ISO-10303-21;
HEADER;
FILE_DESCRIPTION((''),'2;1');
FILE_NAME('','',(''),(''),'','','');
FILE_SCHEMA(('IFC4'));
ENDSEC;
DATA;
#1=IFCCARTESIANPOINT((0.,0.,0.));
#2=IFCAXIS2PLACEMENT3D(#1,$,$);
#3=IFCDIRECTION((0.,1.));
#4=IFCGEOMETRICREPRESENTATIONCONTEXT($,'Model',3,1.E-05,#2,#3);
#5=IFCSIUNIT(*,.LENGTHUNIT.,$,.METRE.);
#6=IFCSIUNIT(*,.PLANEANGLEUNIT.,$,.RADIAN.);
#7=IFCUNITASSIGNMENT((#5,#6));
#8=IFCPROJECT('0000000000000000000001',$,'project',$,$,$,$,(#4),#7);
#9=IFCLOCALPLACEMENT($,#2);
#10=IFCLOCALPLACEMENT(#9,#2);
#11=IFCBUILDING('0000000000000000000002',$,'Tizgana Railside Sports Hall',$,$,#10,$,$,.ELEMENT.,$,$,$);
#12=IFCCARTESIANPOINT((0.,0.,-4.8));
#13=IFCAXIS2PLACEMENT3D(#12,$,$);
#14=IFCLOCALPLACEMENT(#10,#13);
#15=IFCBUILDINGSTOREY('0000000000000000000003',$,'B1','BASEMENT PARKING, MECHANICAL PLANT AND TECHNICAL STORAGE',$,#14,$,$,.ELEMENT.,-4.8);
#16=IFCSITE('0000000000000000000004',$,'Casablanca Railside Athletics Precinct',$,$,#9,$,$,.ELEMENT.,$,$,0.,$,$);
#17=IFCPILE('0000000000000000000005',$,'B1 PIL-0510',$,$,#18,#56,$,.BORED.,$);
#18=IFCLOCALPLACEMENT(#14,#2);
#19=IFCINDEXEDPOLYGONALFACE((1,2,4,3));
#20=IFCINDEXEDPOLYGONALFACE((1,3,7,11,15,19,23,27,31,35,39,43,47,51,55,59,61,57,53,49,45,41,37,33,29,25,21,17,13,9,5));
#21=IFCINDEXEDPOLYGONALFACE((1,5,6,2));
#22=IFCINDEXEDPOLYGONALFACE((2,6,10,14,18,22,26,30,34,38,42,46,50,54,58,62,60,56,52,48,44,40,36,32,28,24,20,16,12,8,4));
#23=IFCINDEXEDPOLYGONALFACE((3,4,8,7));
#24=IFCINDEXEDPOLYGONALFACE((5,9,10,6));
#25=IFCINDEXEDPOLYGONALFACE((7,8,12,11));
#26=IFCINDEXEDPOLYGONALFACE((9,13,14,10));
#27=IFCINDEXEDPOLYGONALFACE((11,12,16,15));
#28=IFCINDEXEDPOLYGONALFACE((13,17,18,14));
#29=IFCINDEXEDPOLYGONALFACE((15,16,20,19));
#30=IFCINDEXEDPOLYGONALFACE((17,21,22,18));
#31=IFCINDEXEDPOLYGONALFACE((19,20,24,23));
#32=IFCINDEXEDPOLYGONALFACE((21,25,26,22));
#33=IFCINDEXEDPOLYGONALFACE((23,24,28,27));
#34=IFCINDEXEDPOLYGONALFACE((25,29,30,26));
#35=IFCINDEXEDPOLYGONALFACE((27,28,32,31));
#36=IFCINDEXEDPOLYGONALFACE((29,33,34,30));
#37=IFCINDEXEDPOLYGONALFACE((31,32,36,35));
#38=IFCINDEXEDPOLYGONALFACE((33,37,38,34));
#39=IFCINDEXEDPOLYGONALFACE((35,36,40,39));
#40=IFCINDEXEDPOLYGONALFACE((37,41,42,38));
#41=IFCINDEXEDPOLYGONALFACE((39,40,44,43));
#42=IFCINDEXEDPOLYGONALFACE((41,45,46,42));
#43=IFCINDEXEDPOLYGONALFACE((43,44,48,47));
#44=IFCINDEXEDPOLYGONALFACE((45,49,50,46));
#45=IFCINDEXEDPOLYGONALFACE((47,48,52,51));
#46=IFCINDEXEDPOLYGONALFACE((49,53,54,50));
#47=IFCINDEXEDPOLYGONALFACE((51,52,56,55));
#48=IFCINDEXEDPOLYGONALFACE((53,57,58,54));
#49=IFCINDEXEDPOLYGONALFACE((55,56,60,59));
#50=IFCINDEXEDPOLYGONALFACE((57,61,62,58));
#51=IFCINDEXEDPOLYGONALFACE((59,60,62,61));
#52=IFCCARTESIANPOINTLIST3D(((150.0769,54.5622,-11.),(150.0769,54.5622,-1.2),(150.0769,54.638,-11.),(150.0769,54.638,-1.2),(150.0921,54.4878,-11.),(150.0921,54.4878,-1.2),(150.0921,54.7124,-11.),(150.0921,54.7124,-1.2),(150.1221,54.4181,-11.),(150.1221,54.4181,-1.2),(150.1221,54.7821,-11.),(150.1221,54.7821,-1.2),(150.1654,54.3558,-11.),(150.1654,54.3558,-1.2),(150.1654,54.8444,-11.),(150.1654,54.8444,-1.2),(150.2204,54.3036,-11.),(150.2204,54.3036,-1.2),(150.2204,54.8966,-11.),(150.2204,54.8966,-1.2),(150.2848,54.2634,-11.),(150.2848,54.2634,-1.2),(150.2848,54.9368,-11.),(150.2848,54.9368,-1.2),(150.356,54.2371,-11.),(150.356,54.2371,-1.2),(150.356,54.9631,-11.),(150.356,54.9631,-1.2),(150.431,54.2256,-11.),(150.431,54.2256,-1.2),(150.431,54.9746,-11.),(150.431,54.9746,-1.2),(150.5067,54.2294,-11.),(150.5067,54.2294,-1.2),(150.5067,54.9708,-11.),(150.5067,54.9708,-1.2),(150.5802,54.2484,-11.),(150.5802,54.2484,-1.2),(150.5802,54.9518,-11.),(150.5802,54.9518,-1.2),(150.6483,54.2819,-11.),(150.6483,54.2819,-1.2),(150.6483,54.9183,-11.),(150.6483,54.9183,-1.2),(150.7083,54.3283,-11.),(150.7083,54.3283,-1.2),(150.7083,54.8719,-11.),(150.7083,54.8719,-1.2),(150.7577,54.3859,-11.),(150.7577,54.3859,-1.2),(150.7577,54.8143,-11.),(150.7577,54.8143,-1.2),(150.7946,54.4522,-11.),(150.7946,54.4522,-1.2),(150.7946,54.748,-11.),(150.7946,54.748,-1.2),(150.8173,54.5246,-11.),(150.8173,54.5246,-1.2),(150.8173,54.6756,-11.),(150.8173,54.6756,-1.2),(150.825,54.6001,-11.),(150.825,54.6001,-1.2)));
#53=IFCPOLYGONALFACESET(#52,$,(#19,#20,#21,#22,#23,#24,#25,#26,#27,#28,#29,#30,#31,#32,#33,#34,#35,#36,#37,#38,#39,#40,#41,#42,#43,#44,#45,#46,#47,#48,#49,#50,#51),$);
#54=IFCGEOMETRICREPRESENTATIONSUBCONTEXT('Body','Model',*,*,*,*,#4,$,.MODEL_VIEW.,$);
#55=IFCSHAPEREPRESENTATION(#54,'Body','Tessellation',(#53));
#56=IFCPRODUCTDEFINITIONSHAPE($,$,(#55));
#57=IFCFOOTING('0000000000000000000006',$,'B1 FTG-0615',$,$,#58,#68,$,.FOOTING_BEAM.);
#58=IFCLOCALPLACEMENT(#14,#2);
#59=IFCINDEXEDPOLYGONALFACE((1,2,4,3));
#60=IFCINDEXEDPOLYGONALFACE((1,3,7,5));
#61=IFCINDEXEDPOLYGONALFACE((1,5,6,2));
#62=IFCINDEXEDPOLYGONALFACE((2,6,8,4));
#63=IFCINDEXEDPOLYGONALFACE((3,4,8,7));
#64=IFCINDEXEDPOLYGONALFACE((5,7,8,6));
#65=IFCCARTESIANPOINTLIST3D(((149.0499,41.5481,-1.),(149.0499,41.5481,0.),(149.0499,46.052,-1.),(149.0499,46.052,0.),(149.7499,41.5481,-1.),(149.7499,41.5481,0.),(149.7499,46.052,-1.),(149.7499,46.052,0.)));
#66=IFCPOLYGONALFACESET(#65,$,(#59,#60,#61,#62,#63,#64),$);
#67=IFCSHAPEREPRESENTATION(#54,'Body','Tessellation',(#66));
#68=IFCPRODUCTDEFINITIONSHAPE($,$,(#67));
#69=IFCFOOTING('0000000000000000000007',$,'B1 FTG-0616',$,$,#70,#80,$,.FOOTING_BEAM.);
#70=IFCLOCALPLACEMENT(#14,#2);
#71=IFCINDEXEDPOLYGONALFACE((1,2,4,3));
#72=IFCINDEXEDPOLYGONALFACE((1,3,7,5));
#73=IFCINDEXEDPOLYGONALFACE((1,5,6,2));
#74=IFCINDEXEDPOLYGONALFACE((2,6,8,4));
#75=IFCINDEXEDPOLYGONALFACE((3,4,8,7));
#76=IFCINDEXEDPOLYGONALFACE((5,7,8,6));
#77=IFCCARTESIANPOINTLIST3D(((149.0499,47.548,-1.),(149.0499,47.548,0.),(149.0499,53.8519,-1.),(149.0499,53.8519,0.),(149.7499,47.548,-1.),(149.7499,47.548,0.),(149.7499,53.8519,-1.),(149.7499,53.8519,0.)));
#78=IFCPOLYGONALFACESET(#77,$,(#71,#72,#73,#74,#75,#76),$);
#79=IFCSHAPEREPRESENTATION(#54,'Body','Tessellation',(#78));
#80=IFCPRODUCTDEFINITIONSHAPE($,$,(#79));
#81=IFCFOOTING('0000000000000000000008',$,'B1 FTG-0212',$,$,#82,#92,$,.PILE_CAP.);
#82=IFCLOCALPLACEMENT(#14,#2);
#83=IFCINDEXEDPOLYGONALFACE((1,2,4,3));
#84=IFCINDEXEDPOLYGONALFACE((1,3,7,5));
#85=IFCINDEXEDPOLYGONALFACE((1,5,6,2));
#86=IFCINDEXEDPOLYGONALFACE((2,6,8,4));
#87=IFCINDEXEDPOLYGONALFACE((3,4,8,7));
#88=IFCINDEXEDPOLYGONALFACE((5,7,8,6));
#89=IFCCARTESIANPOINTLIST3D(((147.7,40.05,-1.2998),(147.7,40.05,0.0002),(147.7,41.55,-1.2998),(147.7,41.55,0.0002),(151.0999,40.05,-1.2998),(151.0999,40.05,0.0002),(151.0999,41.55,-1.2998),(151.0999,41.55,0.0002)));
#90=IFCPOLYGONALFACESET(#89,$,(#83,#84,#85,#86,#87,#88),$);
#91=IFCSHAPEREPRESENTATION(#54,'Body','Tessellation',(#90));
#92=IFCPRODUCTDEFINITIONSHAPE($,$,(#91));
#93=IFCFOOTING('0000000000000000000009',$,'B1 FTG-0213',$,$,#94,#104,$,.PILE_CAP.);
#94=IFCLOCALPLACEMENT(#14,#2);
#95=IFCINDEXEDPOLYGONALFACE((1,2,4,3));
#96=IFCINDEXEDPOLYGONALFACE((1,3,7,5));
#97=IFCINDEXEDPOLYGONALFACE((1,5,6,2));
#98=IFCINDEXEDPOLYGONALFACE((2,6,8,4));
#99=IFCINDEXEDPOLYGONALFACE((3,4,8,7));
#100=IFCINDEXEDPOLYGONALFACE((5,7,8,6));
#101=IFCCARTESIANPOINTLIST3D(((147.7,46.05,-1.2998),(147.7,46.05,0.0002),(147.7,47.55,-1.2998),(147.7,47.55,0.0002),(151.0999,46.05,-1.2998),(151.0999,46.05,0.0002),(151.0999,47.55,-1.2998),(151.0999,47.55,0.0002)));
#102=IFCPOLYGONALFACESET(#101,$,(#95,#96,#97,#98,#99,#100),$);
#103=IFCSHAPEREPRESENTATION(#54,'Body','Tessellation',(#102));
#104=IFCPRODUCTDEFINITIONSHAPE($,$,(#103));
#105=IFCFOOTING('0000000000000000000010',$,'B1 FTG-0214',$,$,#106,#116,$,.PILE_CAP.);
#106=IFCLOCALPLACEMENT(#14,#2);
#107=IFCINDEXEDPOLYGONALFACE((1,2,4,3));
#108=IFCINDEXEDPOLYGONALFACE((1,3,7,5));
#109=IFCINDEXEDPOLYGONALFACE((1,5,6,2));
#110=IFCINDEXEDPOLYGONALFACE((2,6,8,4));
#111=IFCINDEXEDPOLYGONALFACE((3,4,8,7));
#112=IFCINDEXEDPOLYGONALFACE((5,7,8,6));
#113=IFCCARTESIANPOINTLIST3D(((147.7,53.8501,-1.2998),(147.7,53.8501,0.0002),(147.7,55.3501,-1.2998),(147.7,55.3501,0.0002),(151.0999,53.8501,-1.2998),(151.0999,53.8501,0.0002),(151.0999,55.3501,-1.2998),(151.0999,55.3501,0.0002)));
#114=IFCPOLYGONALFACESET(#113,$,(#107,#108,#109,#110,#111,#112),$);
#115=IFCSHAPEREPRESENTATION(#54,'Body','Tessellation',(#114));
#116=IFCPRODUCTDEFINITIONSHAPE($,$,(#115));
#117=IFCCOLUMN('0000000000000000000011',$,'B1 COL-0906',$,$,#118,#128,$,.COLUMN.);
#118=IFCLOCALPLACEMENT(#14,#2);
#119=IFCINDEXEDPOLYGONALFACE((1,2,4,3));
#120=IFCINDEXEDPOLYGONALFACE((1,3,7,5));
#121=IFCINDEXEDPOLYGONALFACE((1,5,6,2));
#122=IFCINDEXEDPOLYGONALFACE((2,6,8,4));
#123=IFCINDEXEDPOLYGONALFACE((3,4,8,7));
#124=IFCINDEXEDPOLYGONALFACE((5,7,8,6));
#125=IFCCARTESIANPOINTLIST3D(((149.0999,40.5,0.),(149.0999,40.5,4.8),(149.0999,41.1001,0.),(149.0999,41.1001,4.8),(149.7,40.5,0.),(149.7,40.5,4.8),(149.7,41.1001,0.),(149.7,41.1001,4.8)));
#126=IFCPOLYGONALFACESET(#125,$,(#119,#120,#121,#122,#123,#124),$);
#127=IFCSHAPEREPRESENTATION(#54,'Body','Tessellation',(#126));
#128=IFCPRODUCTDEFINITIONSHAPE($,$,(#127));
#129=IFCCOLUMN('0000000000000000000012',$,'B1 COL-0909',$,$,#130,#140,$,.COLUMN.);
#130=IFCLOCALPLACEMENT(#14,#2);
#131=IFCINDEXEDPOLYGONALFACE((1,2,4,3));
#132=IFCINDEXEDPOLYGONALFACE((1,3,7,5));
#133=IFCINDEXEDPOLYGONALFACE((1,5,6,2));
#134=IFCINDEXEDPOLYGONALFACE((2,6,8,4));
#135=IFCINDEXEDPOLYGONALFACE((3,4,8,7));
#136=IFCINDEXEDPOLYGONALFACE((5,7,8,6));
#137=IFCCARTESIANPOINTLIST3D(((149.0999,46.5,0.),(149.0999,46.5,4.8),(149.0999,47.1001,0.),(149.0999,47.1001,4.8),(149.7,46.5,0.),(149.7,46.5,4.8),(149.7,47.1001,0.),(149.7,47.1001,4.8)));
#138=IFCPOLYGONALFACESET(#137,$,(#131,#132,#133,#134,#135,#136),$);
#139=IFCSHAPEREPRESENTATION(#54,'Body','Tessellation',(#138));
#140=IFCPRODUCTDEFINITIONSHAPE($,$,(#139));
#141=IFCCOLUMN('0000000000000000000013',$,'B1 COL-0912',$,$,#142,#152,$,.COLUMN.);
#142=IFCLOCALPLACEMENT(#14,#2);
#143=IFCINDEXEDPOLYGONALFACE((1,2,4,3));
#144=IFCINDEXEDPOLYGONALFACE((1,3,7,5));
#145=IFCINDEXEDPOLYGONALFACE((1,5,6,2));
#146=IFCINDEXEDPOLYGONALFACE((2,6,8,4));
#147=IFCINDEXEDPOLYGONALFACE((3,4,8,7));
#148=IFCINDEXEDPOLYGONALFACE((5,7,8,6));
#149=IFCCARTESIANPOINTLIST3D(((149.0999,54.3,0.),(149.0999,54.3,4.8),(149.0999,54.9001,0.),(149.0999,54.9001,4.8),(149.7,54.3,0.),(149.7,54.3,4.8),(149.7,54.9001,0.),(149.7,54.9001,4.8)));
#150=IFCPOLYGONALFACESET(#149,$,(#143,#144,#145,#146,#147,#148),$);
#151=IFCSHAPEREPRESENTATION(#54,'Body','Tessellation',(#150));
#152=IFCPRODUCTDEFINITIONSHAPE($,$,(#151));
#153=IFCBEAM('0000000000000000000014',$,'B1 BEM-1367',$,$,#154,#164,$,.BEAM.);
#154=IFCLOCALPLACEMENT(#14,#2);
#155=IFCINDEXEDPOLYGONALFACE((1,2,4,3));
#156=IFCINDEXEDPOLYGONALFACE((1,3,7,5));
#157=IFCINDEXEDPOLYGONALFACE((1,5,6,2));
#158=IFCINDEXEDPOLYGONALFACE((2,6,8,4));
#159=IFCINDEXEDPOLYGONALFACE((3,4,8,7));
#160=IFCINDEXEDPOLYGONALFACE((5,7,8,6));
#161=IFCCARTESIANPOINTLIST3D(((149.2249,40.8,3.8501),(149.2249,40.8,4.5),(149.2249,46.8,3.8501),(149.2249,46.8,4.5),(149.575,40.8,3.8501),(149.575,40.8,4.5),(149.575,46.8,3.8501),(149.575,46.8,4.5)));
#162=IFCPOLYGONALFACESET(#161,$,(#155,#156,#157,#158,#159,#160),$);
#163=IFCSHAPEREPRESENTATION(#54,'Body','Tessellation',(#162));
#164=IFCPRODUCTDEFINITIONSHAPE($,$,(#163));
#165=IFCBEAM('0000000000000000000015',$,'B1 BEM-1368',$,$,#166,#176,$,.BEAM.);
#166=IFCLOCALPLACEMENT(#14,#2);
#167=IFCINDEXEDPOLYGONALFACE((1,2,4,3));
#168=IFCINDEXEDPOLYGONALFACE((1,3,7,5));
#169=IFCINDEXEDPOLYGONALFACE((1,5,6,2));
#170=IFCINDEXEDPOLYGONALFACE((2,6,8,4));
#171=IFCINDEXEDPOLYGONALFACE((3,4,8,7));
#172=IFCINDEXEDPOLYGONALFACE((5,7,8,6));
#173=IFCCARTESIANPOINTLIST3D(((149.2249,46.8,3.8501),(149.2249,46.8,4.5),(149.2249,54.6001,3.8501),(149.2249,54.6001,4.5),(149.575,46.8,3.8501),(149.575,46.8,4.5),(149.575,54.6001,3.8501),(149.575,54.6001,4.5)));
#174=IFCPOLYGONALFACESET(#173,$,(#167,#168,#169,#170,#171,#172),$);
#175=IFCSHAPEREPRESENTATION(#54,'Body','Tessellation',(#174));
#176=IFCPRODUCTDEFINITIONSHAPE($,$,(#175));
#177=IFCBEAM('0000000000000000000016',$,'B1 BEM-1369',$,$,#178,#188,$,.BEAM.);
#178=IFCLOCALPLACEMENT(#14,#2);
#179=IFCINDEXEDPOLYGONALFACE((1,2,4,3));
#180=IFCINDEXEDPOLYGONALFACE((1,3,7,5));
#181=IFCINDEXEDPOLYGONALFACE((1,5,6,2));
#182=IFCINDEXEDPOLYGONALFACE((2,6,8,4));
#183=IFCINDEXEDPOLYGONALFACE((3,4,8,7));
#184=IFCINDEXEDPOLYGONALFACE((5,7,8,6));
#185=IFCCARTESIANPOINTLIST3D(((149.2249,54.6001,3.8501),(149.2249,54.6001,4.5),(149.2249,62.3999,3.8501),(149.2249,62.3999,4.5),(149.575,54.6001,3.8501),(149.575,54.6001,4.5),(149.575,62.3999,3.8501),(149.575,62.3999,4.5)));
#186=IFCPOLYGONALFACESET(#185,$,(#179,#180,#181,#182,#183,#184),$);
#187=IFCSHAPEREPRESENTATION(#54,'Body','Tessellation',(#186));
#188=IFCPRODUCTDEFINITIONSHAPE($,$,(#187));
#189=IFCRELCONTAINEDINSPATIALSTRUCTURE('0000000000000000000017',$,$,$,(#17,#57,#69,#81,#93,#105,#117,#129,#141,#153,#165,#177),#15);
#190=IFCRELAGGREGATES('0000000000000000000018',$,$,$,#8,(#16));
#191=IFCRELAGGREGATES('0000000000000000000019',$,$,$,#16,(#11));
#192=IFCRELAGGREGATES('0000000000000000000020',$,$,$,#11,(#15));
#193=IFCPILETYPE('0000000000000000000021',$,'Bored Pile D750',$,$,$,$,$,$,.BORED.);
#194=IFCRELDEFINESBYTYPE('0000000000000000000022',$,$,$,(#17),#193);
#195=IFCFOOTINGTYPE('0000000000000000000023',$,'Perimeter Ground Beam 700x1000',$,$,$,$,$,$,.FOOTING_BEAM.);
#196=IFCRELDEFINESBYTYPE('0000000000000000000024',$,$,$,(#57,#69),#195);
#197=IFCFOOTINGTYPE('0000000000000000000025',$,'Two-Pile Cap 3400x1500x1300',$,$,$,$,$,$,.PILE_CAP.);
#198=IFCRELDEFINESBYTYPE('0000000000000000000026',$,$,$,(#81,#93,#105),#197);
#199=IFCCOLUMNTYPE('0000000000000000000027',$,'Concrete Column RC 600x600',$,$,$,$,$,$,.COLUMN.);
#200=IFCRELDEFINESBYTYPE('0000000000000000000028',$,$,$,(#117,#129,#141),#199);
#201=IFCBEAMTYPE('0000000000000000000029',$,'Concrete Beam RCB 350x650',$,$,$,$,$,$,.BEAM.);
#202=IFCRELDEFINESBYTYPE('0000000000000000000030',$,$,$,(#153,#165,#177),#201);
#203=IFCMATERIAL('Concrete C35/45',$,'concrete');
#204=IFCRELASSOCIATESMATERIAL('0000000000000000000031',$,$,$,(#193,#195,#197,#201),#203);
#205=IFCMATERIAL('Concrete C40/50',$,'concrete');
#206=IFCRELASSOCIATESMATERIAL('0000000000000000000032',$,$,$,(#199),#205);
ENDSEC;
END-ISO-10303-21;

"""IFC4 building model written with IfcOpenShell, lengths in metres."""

from ifc_helpers import new_model, si_unit, direction, frame, origin, origin_2d, place, context, subcontext, project, spatial, rectangle, circle, extrude, material, material_profile, profile_set, type_object, element, save


model = new_model("IFC4")

# Units and contexts
model_context = context("Model", 3, precision=1e-05, world=origin(), true_north=direction((0.0, 1.0)))
body_context = subcontext(model_context, "Body", "Model", "MODEL_VIEW")
ifc_project = project(units=[si_unit("LENGTHUNIT", "METRE"), si_unit("PLANEANGLEUNIT", "RADIAN")], contexts=[model_context])

# Site, building, storey
site_placement = place(None, origin())
site = spatial("IfcSite", under=ifc_project, at=site_placement, Name="Casablanca Railside Athletics Precinct", CompositionType="ELEMENT", RefElevation=0.0)
building_placement = place(site_placement, origin())
building = spatial("IfcBuilding", under=site, at=building_placement, Name="Tizgana Railside Sports Hall", CompositionType="ELEMENT")
storey_placement = place(building_placement, frame((0.0, 0.0, -4.8)))
storey = spatial("IfcBuildingStorey", under=building, at=storey_placement, Name="B1", Description="BASEMENT PARKING, MECHANICAL PLANT AND TECHNICAL STORAGE", CompositionType="ELEMENT", Elevation=-4.8)

# Pile
ifc_material_1 = material(Name="Concrete C35/45", Category="concrete")
ifc_material_profile_1 = material_profile(ifc_material_1, circle(Radius=0.375, at=origin_2d()), Name="PILE D750")
ifc_profile_set_1 = profile_set([ifc_material_profile_1], Name="Concrete C35/45")
pile_type = type_object("IfcPileType", Name="Bored Pile D750", PredefinedType="BORED", material=ifc_profile_set_1)
for number, where, z_axis, x_axis, name in (
    (1, (150.45, 54.6001, -1.2), (0.0, 0.0, -1.0), (1.0, 0.0, 0.0), "B1 PIL-0510"),
):
    element("IfcPile", number, at=place(storey_placement, frame(where, z_axis=z_axis, x_axis=x_axis)), inside=storey, type_object=pile_type, Name=name, PredefinedType="BORED", context=body_context, shape_type="SweptSolid", body=[
        extrude(circle(Radius=0.375, at=origin_2d()), origin(), (0.0, 0.0, 1.0), 9.8),
    ])

# Footings
footing_type_1 = type_object("IfcFootingType", Name="Perimeter Ground Beam 700x1000", PredefinedType="FOOTING_BEAM", material=ifc_material_1)
footing_1_placement = place(storey_placement, frame((149.3999, 43.8, -1.0), z_axis=(0.0, 0.0, 1.0), x_axis=(0.0, 1.0, 0.0)))
element("IfcFooting", 2, at=footing_1_placement, inside=storey, type_object=footing_type_1, Name="B1 FTG-0615", PredefinedType="FOOTING_BEAM", context=body_context, shape_type="SweptSolid", body=[
    extrude(rectangle(XDim=4.5039, YDim=0.7, at=origin_2d()), origin(), (0.0, 0.0, 1.0), 1.0),
])
footing_2_placement = place(storey_placement, frame((149.3999, 50.7, -1.0), z_axis=(0.0, 0.0, 1.0), x_axis=(0.0, 1.0, 0.0)))
element("IfcFooting", 3, at=footing_2_placement, inside=storey, type_object=footing_type_1, Name="B1 FTG-0616", PredefinedType="FOOTING_BEAM", context=body_context, shape_type="SweptSolid", body=[
    extrude(rectangle(XDim=6.304, YDim=0.7, at=origin_2d()), origin(), (0.0, 0.0, 1.0), 1.0),
])
footing_type_2 = type_object("IfcFootingType", Name="Two-Pile Cap 3400x1500x1300", PredefinedType="PILE_CAP", material=ifc_material_1)
for number, where, z_axis, x_axis, name in (
    (4, (149.3999, 40.8, -1.2998), (0.0, 0.0, 1.0), (1.0, 0.0, 0.0), "B1 FTG-0212"),
    (5, (149.3999, 46.8, -1.2998), (0.0, 0.0, 1.0), (1.0, 0.0, 0.0), "B1 FTG-0213"),
    (6, (149.3999, 54.6001, -1.2998), (0.0, 0.0, 1.0), (1.0, 0.0, 0.0), "B1 FTG-0214"),
):
    element("IfcFooting", number, at=place(storey_placement, frame(where, z_axis=z_axis, x_axis=x_axis)), inside=storey, type_object=footing_type_2, Name=name, PredefinedType="PILE_CAP", context=body_context, shape_type="SweptSolid", body=[
        extrude(rectangle(XDim=3.3999, YDim=1.5, at=origin_2d()), origin(), (0.0, 0.0, 1.0), 1.3),
    ])

# Columns
ifc_material_2 = material(Name="Concrete C40/50", Category="concrete")
ifc_material_profile_2 = material_profile(ifc_material_2, rectangle(XDim=0.6001, YDim=0.6001, at=origin_2d()), Name="RC 600x600")
ifc_profile_set_2 = profile_set([ifc_material_profile_2], Name="Concrete C40/50")
column_type = type_object("IfcColumnType", Name="Concrete Column RC 600x600", PredefinedType="COLUMN", material=ifc_profile_set_2)
for number, where, z_axis, x_axis, name in (
    (7, (149.3999, 40.8, 0.0), (0.0, 0.0, 1.0), (1.0, 0.0, 0.0), "B1 COL-0906"),
    (8, (149.3999, 46.8, 0.0), (0.0, 0.0, 1.0), (1.0, 0.0, 0.0), "B1 COL-0909"),
    (9, (149.3999, 54.6001, 0.0), (0.0, 0.0, 1.0), (1.0, 0.0, 0.0), "B1 COL-0912"),
):
    element("IfcColumn", number, at=place(storey_placement, frame(where, z_axis=z_axis, x_axis=x_axis)), inside=storey, type_object=column_type, Name=name, PredefinedType="COLUMN", context=body_context, shape_type="SweptSolid", body=[
        extrude(rectangle(XDim=0.6001, YDim=0.6001, at=origin_2d()), origin(), (0.0, 0.0, 1.0), 4.8),
    ])

# Beams
ifc_material_profile_3 = material_profile(ifc_material_1, rectangle(XDim=0.3501, YDim=0.6499, at=origin_2d()), Name="RCB 350x650")
ifc_profile_set_3 = profile_set([ifc_material_profile_3], Name="Concrete C35/45")
beam_type_1 = type_object("IfcBeamType", Name="Concrete Beam RCB 350x650", PredefinedType="BEAM", material=ifc_profile_set_3)
beam_1_placement = place(storey_placement, frame((149.3999, 40.8, 4.175), z_axis=(0.0, 1.0, 0.0), x_axis=(-1.0, 0.0, 0.0)))
element("IfcBeam", 10, at=beam_1_placement, inside=storey, type_object=beam_type_1, Name="B1 BEM-1367", PredefinedType="BEAM", context=body_context, shape_type="SweptSolid", body=[
    extrude(rectangle(XDim=0.3501, YDim=0.6499, at=origin_2d()), origin(), (0.0, 0.0, 1.0), 6.0),
])
beam_2_placement = place(storey_placement, frame((149.3999, 46.8, 4.175), z_axis=(0.0, 1.0, 0.0), x_axis=(-1.0, 0.0, 0.0)))
element("IfcBeam", 11, at=beam_2_placement, inside=storey, type_object=beam_type_1, Name="B1 BEM-1368", PredefinedType="BEAM", context=body_context, shape_type="SweptSolid", body=[
    extrude(rectangle(XDim=0.3501, YDim=0.6499, at=origin_2d()), origin(), (0.0, 0.0, 1.0), 7.8),
])
beam_3_placement = place(storey_placement, frame((149.3999, 54.6001, 4.175), z_axis=(0.0, 1.0, 0.0), x_axis=(-1.0, 0.0, 0.0)))
element("IfcBeam", 12, at=beam_3_placement, inside=storey, type_object=beam_type_1, Name="B1 BEM-1369", PredefinedType="BEAM", context=body_context, shape_type="SweptSolid", body=[
    extrude(rectangle(XDim=0.3501, YDim=0.6499, at=origin_2d()), origin(), (0.0, 0.0, 1.0), 7.7998),
])

save(model, "model.ifc")
